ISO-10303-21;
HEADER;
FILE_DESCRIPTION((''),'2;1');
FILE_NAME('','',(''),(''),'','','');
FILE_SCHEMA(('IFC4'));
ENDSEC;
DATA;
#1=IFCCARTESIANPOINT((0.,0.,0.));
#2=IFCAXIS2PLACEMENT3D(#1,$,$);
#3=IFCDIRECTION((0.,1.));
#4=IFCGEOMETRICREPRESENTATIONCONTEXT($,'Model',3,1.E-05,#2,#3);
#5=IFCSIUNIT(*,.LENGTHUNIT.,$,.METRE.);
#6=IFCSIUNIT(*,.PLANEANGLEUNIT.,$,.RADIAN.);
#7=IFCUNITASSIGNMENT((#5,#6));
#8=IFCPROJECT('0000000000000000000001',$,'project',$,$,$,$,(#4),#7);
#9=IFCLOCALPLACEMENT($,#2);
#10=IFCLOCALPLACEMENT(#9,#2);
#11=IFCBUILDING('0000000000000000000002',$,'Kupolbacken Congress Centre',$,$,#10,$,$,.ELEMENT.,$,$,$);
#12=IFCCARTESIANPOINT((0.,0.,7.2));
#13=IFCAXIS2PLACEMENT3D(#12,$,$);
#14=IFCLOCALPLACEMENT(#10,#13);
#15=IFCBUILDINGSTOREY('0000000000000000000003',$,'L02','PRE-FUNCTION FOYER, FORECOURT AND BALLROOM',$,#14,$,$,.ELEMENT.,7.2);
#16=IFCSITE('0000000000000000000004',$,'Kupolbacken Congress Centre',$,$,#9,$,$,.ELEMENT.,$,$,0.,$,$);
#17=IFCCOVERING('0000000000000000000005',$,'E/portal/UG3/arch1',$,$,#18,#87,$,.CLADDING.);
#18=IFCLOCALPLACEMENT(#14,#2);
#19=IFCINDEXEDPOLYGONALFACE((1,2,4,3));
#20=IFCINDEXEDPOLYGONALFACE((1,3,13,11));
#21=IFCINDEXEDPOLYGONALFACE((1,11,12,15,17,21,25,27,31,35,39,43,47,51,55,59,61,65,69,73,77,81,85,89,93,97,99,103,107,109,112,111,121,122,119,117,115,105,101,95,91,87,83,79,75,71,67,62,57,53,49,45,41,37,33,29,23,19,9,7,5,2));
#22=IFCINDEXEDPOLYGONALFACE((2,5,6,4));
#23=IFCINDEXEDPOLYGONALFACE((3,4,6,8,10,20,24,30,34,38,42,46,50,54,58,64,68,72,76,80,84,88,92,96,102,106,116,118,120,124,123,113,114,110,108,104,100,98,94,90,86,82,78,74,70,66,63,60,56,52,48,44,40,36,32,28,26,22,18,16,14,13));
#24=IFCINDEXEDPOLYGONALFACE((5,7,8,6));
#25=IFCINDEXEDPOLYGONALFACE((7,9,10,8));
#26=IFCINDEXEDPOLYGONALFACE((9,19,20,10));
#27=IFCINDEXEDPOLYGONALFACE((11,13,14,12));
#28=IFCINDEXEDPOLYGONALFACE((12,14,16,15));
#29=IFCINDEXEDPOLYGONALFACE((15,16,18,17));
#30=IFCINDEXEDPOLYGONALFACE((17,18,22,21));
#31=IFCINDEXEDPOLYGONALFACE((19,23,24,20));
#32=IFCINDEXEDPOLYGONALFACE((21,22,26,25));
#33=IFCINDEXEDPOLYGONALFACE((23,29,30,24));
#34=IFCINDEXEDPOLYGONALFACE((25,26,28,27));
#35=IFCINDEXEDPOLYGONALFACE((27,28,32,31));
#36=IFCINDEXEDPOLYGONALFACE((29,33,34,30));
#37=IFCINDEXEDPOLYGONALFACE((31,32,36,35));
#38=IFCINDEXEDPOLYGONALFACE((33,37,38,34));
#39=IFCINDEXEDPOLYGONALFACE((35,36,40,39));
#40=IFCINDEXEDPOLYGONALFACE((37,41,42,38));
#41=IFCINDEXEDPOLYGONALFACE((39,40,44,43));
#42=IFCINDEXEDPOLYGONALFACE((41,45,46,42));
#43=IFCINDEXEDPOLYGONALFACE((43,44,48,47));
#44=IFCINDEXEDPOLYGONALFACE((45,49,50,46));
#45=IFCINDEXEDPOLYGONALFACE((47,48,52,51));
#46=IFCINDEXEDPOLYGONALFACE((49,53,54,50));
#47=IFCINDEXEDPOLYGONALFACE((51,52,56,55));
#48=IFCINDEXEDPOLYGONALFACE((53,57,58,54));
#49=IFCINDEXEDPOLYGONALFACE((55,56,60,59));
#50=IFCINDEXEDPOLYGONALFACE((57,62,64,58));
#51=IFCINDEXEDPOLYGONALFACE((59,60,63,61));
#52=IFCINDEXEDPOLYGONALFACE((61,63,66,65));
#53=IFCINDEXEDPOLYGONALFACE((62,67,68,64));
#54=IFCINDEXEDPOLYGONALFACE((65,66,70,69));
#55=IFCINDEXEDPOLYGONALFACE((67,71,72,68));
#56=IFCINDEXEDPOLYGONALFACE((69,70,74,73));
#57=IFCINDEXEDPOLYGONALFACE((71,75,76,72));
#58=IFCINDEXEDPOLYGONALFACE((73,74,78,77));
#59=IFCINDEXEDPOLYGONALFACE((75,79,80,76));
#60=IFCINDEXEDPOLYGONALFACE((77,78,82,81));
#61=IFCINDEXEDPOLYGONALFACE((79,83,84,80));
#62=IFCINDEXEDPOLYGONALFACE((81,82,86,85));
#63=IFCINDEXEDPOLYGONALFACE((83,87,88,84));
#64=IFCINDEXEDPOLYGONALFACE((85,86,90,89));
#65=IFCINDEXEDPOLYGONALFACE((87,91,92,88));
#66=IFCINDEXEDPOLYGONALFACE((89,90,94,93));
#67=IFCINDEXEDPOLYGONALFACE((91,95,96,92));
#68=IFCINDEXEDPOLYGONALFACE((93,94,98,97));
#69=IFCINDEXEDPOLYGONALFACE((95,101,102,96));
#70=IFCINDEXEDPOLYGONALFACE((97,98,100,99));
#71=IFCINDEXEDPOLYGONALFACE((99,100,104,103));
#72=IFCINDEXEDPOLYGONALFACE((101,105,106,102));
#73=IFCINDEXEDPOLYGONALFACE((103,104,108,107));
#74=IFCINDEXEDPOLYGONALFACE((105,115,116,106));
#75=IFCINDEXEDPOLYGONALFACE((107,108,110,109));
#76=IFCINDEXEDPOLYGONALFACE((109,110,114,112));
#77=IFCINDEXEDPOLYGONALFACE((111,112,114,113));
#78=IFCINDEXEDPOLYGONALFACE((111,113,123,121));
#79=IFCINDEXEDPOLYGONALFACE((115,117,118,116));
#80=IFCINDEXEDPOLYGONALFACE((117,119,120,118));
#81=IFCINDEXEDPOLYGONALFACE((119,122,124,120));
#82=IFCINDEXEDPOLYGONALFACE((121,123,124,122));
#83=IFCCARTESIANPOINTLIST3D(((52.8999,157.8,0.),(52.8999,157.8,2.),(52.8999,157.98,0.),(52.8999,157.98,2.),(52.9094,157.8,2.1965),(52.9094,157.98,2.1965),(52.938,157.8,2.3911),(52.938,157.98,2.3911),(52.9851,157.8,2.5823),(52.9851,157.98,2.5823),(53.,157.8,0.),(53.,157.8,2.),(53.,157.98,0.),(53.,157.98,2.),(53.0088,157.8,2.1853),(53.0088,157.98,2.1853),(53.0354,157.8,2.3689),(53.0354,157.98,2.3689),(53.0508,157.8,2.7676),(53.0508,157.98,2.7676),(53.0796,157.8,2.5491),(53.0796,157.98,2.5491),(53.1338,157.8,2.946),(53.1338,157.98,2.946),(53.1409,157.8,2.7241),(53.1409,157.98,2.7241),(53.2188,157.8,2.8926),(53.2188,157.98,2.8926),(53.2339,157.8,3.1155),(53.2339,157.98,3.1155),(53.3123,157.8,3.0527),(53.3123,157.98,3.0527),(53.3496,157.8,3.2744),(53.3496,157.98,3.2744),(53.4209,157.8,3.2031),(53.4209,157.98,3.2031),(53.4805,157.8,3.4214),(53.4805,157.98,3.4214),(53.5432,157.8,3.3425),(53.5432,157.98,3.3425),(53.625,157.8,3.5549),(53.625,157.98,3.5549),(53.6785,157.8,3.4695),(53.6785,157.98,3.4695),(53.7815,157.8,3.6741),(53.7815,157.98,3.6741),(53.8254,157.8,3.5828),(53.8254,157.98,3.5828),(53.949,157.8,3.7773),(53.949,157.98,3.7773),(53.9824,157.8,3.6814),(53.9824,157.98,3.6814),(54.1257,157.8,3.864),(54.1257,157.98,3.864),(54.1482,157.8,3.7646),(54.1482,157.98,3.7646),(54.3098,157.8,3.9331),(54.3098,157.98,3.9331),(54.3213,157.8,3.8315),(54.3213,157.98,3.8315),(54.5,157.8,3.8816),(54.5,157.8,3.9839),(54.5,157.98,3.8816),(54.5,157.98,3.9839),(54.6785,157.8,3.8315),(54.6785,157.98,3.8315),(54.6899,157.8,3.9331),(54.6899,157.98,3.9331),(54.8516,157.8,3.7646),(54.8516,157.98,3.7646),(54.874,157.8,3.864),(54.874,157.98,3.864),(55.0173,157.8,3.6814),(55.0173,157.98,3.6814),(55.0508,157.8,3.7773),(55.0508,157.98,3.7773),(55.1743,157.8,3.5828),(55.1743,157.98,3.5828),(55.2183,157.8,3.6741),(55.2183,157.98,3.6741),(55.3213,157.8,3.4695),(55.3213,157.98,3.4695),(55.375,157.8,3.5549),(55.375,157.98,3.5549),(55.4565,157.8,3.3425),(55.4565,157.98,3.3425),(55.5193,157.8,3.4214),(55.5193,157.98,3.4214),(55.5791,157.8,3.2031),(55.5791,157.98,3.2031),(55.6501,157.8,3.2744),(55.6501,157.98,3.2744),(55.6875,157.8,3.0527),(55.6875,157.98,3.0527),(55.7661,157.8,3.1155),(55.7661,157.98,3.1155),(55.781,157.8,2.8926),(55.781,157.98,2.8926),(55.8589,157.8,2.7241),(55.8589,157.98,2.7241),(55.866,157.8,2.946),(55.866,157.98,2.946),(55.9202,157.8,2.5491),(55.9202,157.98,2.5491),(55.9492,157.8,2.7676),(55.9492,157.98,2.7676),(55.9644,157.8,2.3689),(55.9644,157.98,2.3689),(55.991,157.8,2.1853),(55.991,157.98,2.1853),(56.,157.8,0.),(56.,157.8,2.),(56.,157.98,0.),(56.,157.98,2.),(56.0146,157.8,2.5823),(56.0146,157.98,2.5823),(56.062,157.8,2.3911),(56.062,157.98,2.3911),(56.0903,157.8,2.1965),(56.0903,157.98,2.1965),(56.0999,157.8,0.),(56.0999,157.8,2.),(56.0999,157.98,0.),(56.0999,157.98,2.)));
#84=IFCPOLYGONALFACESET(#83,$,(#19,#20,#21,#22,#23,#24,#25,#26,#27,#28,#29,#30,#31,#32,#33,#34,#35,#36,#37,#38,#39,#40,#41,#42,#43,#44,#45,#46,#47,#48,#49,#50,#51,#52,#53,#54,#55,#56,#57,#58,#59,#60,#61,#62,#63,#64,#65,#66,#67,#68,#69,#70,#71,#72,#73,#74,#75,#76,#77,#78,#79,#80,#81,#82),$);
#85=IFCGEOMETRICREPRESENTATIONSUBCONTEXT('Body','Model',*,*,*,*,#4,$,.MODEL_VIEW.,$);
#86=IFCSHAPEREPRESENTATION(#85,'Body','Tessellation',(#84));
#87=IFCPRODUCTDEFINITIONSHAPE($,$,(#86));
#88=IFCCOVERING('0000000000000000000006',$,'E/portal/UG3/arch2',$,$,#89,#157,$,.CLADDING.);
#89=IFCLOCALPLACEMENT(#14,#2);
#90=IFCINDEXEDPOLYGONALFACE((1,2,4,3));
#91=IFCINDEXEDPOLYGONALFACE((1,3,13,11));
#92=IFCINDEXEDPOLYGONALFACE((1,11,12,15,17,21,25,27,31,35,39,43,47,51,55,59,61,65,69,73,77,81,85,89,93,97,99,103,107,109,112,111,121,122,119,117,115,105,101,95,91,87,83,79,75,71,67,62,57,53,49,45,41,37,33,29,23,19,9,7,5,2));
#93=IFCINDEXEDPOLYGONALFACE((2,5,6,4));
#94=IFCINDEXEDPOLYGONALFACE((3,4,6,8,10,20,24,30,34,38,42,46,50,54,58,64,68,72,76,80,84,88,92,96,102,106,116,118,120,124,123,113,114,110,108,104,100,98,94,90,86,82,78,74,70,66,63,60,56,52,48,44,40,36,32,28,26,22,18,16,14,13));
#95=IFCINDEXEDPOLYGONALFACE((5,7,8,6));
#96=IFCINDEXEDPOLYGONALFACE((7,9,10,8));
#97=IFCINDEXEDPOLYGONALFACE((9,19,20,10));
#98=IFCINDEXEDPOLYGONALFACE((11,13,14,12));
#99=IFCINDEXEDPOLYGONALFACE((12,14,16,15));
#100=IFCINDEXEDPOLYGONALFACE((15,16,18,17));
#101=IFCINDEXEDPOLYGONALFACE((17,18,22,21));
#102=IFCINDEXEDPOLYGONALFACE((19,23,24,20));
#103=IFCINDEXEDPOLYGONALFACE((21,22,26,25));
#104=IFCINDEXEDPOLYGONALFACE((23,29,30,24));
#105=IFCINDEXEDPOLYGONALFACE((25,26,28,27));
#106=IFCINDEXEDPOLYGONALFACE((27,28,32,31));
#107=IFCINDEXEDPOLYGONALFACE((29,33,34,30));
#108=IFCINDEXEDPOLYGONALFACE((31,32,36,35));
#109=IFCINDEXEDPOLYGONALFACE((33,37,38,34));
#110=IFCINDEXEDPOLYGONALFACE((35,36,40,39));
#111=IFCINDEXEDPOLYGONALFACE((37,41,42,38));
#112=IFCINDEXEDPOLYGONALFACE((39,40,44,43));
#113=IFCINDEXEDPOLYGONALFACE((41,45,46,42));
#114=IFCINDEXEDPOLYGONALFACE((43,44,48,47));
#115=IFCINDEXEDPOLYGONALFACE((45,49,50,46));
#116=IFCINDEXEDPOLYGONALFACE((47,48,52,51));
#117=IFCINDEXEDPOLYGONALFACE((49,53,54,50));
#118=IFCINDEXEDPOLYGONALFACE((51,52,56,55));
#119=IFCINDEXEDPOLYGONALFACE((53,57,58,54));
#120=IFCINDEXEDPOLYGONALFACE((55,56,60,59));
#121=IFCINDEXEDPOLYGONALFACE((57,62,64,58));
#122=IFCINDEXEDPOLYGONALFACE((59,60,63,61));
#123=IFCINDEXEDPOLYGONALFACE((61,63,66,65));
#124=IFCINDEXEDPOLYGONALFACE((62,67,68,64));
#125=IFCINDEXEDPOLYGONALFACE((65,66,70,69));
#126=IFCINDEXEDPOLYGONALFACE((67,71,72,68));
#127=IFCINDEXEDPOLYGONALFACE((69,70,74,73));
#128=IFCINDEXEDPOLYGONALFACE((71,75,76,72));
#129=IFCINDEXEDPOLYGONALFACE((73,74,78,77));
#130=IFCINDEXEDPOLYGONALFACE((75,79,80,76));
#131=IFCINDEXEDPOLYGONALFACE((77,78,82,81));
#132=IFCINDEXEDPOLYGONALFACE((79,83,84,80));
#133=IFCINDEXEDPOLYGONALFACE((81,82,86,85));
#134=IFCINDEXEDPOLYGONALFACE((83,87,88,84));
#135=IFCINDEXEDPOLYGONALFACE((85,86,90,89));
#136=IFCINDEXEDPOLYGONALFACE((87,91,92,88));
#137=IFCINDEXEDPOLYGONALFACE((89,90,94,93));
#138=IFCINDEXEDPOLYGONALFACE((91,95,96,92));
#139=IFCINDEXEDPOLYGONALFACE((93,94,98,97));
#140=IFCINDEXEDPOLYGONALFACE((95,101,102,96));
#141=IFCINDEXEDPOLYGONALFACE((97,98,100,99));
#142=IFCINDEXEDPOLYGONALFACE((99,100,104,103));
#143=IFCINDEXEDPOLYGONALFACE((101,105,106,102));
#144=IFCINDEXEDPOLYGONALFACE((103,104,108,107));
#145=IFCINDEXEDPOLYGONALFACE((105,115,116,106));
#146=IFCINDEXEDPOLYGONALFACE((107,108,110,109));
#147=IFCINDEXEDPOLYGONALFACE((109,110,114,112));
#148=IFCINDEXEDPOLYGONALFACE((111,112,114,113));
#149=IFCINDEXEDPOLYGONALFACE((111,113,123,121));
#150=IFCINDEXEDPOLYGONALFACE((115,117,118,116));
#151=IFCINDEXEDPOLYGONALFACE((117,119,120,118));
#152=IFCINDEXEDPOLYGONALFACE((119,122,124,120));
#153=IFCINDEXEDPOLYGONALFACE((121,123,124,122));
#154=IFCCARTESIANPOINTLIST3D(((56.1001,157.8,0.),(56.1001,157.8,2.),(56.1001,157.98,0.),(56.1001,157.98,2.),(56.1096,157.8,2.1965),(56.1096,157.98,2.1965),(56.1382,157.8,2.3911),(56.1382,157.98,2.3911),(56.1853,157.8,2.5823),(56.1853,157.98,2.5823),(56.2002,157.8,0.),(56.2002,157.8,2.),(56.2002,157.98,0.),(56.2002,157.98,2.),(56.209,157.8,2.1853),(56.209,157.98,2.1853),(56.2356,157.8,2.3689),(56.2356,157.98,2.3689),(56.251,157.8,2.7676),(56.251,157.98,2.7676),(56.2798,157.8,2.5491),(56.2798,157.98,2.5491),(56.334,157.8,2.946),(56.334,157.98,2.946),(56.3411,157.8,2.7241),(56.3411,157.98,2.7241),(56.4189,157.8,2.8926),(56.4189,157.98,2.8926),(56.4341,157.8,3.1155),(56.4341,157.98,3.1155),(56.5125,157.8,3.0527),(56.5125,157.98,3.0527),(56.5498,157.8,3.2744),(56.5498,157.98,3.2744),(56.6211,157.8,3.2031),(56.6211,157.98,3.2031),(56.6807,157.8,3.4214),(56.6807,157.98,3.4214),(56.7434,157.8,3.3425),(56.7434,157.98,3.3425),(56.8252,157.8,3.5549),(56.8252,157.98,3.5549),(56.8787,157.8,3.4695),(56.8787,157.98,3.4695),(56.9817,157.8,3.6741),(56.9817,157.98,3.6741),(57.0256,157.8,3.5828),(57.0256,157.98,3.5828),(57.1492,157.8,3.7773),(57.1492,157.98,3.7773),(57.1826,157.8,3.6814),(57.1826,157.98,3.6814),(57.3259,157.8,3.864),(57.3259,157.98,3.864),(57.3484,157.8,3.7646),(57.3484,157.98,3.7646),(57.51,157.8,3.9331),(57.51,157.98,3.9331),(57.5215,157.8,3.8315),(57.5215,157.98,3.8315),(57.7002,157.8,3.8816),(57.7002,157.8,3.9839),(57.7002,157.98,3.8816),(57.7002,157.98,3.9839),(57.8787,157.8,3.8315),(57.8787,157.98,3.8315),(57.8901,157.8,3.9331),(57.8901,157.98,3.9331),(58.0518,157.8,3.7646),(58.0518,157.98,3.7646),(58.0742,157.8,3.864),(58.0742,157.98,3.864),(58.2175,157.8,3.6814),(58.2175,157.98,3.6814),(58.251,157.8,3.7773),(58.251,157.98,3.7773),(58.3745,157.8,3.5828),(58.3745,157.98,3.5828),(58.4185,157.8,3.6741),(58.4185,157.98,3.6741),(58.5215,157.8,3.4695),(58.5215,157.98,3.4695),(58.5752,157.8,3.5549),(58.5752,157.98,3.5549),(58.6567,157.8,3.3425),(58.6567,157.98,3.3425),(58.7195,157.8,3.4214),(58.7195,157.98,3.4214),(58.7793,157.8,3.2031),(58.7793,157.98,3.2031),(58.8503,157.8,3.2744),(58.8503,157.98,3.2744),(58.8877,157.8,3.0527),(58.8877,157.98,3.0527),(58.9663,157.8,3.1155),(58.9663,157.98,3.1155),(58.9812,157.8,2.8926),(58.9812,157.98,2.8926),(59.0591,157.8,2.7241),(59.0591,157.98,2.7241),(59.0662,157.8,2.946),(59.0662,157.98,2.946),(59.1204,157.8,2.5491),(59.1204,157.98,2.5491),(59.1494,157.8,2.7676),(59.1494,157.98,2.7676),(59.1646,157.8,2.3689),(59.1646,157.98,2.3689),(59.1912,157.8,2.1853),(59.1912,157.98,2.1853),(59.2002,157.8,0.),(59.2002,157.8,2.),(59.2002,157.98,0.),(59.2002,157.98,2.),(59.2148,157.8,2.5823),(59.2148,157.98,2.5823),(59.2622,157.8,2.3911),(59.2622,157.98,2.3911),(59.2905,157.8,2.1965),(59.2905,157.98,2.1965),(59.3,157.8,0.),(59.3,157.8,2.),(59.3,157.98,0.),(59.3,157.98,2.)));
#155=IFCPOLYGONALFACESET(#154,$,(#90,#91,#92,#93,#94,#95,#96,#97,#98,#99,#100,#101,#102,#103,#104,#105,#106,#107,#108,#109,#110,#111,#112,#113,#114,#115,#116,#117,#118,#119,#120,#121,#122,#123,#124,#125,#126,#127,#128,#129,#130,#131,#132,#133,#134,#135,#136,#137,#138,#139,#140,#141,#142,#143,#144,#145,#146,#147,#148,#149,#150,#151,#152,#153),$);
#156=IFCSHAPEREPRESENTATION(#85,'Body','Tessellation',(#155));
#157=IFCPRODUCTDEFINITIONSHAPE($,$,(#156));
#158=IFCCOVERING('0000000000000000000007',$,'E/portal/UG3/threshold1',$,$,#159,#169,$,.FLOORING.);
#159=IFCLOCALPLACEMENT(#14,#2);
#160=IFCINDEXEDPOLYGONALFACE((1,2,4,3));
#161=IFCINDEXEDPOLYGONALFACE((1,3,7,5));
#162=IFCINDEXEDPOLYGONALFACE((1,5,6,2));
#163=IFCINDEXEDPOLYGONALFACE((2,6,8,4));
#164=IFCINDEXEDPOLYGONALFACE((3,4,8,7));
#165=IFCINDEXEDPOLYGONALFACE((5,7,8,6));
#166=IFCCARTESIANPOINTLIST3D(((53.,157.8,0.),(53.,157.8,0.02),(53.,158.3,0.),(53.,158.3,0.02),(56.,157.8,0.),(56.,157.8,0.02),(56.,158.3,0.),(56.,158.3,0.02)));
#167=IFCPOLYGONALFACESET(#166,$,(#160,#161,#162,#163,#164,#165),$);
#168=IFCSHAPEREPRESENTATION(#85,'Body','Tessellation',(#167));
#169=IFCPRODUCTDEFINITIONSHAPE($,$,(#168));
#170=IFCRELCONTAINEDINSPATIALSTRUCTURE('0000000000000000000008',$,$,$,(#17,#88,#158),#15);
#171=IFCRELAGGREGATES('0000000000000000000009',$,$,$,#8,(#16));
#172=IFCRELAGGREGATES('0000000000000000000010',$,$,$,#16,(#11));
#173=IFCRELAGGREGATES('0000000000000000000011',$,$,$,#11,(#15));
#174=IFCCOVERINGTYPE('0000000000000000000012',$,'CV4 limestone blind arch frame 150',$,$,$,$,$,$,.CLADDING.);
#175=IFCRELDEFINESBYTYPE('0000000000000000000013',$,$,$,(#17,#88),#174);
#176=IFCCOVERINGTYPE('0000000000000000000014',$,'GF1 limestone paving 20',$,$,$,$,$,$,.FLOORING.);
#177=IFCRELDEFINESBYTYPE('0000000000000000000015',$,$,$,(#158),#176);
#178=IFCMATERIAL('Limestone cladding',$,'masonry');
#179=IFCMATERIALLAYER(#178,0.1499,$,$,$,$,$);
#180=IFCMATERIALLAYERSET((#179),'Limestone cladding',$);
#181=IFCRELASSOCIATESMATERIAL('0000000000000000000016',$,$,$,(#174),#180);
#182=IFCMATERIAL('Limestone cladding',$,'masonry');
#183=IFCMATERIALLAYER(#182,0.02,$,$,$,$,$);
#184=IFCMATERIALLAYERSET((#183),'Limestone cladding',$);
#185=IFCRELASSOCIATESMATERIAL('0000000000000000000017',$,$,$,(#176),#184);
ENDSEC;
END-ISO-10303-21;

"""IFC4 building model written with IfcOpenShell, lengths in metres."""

from ifc_helpers import new_model, si_unit, direction, frame, origin, origin_2d, place, context, subcontext, project, spatial, polyline, rectangle, outline, extrude, material, layer, layer_set, type_object, element, save


model = new_model("IFC4")

# Units and contexts
model_context = context("Model", 3, precision=1e-05, world=origin(), true_north=direction((0.0, 1.0)))
body_context = subcontext(model_context, "Body", "Model", "MODEL_VIEW")
ifc_project = project(units=[si_unit("LENGTHUNIT", "METRE"), si_unit("PLANEANGLEUNIT", "RADIAN")], contexts=[model_context])

# Site, building, storey
site_placement = place(None, origin())
site = spatial("IfcSite", under=ifc_project, at=site_placement, Name="Kupolbacken Congress Centre", CompositionType="ELEMENT", RefElevation=0.0)
building_placement = place(site_placement, origin())
building = spatial("IfcBuilding", under=site, at=building_placement, Name="Kupolbacken Congress Centre", CompositionType="ELEMENT")
storey_placement = place(building_placement, frame((0.0, 0.0, 7.2)))
storey = spatial("IfcBuildingStorey", under=building, at=storey_placement, Name="L02", Description="PRE-FUNCTION FOYER, FORECOURT AND BALLROOM", CompositionType="ELEMENT", Elevation=7.2)

# Coverings
ifc_material_1 = material(Name="Limestone cladding", Category="masonry")
ifc_layer_1 = layer(ifc_material_1, 0.1499)
ifc_layer_set_1 = layer_set([ifc_layer_1], Name="Limestone cladding")
covering_type_1 = type_object("IfcCoveringType", Name="CV4 limestone blind arch frame 150", PredefinedType="CLADDING", material=ifc_layer_set_1)
covering_1_placement = place(storey_placement, frame((52.8999, 157.8, 0.0), z_axis=(0.0, 1.0, 0.0), x_axis=(-1.0, 0.0, 0.0)))
element("IfcCovering", 1, at=covering_1_placement, inside=storey, type_object=covering_type_1, Name="E/portal/UG3/arch1", PredefinedType="CLADDING", context=body_context, shape_type="SweptSolid", body=[
    extrude(outline(polyline([(0.0, 0.0), (0.0, 2.0), (-0.0095, 2.1965), (-0.0381, 2.3911), (-0.0852, 2.5823), (-0.1509, 2.7676), (-0.2339, 2.946), (-0.334, 3.1155), (-0.4497, 3.2744), (-0.5806, 3.4214), (-0.7251, 3.5549), (-0.8816, 3.6741), (-1.0491, 3.7773), (-1.2258, 3.864), (-1.4099, 3.9331), (-1.6001, 3.9839), (-1.79, 3.9331), (-1.9741, 3.864), (-2.1509, 3.7773), (-2.3184, 3.6741), (-2.4751, 3.5549), (-2.6194, 3.4214), (-2.7502, 3.2744), (-2.8662, 3.1155), (-2.9661, 2.946), (-3.0493, 2.7676), (-3.1147, 2.5823), (-3.1621, 2.3911), (-3.1904, 2.1965), (-3.2, 2.0), (-3.2, 0.0), (-3.1001, 0.0), (-3.1001, 2.0), (-3.0911, 2.1853), (-3.0645, 2.3689), (-3.0203, 2.5491), (-2.959, 2.7241), (-2.8811, 2.8926), (-2.7876, 3.0527), (-2.6792, 3.2031), (-2.5566, 3.3425), (-2.4214, 3.4695), (-2.2744, 3.5828), (-2.1174, 3.6814), (-1.9517, 3.7646), (-1.7786, 3.8315), (-1.6001, 3.8816), (-1.4214, 3.8315), (-1.2483, 3.7646), (-1.0825, 3.6814), (-0.9255, 3.5828), (-0.7786, 3.4695), (-0.6433, 3.3425), (-0.521, 3.2031), (-0.4124, 3.0527), (-0.3188, 2.8926), (-0.241, 2.7241), (-0.1797, 2.5491), (-0.1355, 2.3689), (-0.1089, 2.1853), (-0.1001, 2.0), (-0.1001, 0.0), (0.0, 0.0)])), origin(), (0.0, 0.0, 1.0), 0.1799),
])
covering_2_placement = place(storey_placement, frame((56.1001, 157.8, 0.0), z_axis=(0.0, 1.0, 0.0), x_axis=(-1.0, 0.0, 0.0)))
element("IfcCovering", 2, at=covering_2_placement, inside=storey, type_object=covering_type_1, Name="E/portal/UG3/arch2", PredefinedType="CLADDING", context=body_context, shape_type="SweptSolid", body=[
    extrude(outline(polyline([(0.0, 0.0), (0.0, 2.0), (-0.0095, 2.1965), (-0.0381, 2.3911), (-0.0852, 2.5823), (-0.1509, 2.7676), (-0.2339, 2.946), (-0.334, 3.1155), (-0.4497, 3.2744), (-0.5806, 3.4214), (-0.7251, 3.5549), (-0.8816, 3.6741), (-1.0491, 3.7773), (-1.2258, 3.864), (-1.4099, 3.9331), (-1.6001, 3.9839), (-1.79, 3.9331), (-1.9741, 3.864), (-2.1509, 3.7773), (-2.3184, 3.6741), (-2.4751, 3.5549), (-2.6194, 3.4214), (-2.7502, 3.2744), (-2.8662, 3.1155), (-2.9661, 2.946), (-3.0493, 2.7676), (-3.1147, 2.5823), (-3.1621, 2.3911), (-3.1904, 2.1965), (-3.2, 2.0), (-3.2, 0.0), (-3.1001, 0.0), (-3.1001, 2.0), (-3.0911, 2.1853), (-3.0645, 2.3689), (-3.0203, 2.5491), (-2.959, 2.7241), (-2.8811, 2.8926), (-2.7876, 3.0527), (-2.6792, 3.2031), (-2.5566, 3.3425), (-2.4214, 3.4695), (-2.2744, 3.5828), (-2.1174, 3.6814), (-1.9517, 3.7646), (-1.7786, 3.8315), (-1.6001, 3.8816), (-1.4214, 3.8315), (-1.2483, 3.7646), (-1.0825, 3.6814), (-0.9255, 3.5828), (-0.7786, 3.4695), (-0.6433, 3.3425), (-0.521, 3.2031), (-0.4124, 3.0527), (-0.3188, 2.8926), (-0.241, 2.7241), (-0.1797, 2.5491), (-0.1355, 2.3689), (-0.1089, 2.1853), (-0.1001, 2.0), (-0.1001, 0.0), (0.0, 0.0)])), origin(), (0.0, 0.0, 1.0), 0.1799),
])
ifc_material_2 = material(Name="Limestone cladding", Category="masonry")
ifc_layer_2 = layer(ifc_material_2, 0.02)
ifc_layer_set_2 = layer_set([ifc_layer_2], Name="Limestone cladding")
covering_type_2 = type_object("IfcCoveringType", Name="GF1 limestone paving 20", PredefinedType="FLOORING", material=ifc_layer_set_2)
covering_3_placement = place(storey_placement, frame((54.5, 158.05, 0.0), z_axis=(0.0, 0.0, 1.0), x_axis=(1.0, 0.0, 0.0)))
element("IfcCovering", 3, at=covering_3_placement, inside=storey, type_object=covering_type_2, Name="E/portal/UG3/threshold1", PredefinedType="FLOORING", context=body_context, shape_type="SweptSolid", body=[
    extrude(rectangle(XDim=3.0, YDim=0.5, at=origin_2d()), origin(), (0.0, 0.0, 1.0), 0.02),
])

save(model, "model.ifc")
